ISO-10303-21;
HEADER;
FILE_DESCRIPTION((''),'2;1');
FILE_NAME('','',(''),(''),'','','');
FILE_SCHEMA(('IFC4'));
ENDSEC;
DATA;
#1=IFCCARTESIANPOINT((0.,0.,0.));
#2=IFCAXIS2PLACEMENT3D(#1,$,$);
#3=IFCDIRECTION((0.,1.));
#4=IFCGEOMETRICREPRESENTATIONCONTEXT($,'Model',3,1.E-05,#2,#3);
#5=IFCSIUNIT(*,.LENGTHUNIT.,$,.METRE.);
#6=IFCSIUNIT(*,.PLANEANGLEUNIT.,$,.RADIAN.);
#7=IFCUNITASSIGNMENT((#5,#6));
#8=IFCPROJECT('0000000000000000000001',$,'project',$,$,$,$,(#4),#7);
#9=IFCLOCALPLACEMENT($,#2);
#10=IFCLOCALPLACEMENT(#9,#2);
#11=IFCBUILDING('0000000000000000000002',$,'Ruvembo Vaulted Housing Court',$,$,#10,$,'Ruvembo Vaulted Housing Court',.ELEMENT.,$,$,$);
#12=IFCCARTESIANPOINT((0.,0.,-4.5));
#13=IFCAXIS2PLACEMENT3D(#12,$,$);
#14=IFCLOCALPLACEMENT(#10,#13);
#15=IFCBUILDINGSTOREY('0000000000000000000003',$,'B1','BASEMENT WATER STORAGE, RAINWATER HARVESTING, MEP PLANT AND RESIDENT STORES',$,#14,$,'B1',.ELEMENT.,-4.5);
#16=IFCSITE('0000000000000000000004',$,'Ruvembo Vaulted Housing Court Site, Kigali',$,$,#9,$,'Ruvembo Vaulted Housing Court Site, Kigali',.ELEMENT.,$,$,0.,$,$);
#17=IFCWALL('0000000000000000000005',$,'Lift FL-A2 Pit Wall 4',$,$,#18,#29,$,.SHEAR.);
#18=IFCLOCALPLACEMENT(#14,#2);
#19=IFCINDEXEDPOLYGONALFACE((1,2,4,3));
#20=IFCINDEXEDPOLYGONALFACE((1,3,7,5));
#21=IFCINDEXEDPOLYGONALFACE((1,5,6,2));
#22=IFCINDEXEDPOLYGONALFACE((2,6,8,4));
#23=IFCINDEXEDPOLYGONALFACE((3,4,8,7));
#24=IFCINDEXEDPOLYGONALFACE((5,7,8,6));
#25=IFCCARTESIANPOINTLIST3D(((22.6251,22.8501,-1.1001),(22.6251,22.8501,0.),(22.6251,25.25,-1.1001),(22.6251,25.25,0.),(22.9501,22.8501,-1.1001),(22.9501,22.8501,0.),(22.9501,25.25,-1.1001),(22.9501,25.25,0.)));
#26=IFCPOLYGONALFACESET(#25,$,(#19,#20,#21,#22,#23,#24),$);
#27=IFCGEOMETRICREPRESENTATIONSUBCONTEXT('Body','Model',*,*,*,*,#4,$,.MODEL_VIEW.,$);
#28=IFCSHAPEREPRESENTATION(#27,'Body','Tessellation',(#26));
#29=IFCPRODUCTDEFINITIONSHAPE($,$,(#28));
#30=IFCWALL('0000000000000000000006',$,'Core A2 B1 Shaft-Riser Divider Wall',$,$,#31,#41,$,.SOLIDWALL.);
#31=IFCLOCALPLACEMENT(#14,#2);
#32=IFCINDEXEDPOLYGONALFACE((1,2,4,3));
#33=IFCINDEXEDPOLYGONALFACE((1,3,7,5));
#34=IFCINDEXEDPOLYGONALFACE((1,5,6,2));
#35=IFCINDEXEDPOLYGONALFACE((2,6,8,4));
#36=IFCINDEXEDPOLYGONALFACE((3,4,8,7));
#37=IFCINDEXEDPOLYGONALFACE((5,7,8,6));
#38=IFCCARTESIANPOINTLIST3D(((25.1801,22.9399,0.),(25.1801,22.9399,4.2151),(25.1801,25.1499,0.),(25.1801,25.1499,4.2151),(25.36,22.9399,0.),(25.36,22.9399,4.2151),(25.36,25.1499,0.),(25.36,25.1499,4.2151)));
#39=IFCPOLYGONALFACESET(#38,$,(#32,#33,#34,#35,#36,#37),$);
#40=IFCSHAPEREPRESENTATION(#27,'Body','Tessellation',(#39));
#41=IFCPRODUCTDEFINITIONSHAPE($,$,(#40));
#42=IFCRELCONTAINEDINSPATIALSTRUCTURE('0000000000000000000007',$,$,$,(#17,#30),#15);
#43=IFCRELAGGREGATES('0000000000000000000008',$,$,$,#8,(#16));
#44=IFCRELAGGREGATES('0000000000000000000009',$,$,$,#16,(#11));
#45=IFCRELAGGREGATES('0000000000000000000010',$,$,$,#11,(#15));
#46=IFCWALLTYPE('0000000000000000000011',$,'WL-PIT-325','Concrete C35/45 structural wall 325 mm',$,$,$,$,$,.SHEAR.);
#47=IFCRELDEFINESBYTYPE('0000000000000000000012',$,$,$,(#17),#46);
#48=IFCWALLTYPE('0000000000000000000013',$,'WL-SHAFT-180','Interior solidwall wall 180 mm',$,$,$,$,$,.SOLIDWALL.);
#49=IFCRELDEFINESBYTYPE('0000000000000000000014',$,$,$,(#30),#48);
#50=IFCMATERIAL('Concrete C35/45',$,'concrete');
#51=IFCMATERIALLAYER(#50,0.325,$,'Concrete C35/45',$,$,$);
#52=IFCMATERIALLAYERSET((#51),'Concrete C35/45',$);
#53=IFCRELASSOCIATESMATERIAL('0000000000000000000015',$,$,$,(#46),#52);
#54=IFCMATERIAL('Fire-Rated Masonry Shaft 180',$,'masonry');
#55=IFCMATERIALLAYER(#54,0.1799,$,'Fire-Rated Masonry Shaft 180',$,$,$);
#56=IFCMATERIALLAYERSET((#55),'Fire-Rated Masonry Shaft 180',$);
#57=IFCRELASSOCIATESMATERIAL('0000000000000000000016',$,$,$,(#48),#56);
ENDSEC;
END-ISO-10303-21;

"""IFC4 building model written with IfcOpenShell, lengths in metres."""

from ifc_helpers import new_model, si_unit, direction, frame, frame_2d, origin, place, context, subcontext, project, spatial, rectangle, extrude, material, layer, layer_set, type_object, element, save


model = new_model("IFC4")

# Units and contexts
model_context = context("Model", 3, precision=1e-05, world=origin(), true_north=direction((0.0, 1.0)))
body_context = subcontext(model_context, "Body", "Model", "MODEL_VIEW")
ifc_project = project(units=[si_unit("LENGTHUNIT", "METRE"), si_unit("PLANEANGLEUNIT", "RADIAN")], contexts=[model_context])

# Site, building, storey
site_placement = place(None, origin())
site = spatial("IfcSite", under=ifc_project, at=site_placement, Name="Ruvembo Vaulted Housing Court Site, Kigali", LongName="Ruvembo Vaulted Housing Court Site, Kigali", CompositionType="ELEMENT", RefElevation=0.0)
building_placement = place(site_placement, origin())
building = spatial("IfcBuilding", under=site, at=building_placement, Name="Ruvembo Vaulted Housing Court", LongName="Ruvembo Vaulted Housing Court", CompositionType="ELEMENT")
storey_placement = place(building_placement, frame((0.0, 0.0, -4.5)))
storey = spatial("IfcBuildingStorey", under=building, at=storey_placement, Name="B1", Description="BASEMENT WATER STORAGE, RAINWATER HARVESTING, MEP PLANT AND RESIDENT STORES", LongName="B1", CompositionType="ELEMENT", Elevation=-4.5)

# Shared definitions
ifc_material_1 = material(Name="Concrete C35/45", Category="concrete")

# Wall
ifc_layer_1 = layer(ifc_material_1, 0.325, Name="Concrete C35/45")
ifc_layer_set_1 = layer_set([ifc_layer_1], Name="Concrete C35/45")
wall_type_1 = type_object("IfcWallType", Name="WL-PIT-325", Description="Concrete C35/45 structural wall 325 mm", PredefinedType="SHEAR", material=ifc_layer_set_1)
for number, where, z_axis, x_axis, name in (
    (1, (22.7876, 25.25, -1.1001), (0.0, 0.0, 1.0), (0.0, -1.0, 0.0), "Lift FL-A2 Pit Wall 4"),
):
    element("IfcWall", number, at=place(storey_placement, frame(where, z_axis=z_axis, x_axis=x_axis)), inside=storey, type_object=wall_type_1, Name=name, PredefinedType="SHEAR", context=body_context, shape_type="SweptSolid", body=[
        extrude(rectangle(XDim=2.3999, YDim=0.325, at=frame_2d((1.2, 0.0))), origin(), (0.0, 0.0, 1.0), 1.1001),
    ])

# Shared definitions
ifc_material_2 = material(Name="Fire-Rated Masonry Shaft 180", Category="masonry")
ifc_layer_2 = layer(ifc_material_2, 0.1799, Name="Fire-Rated Masonry Shaft 180")
ifc_layer_set_2 = layer_set([ifc_layer_2], Name="Fire-Rated Masonry Shaft 180")
wall_type_2 = type_object("IfcWallType", Name="WL-SHAFT-180", Description="Interior solidwall wall 180 mm", PredefinedType="SOLIDWALL", material=ifc_layer_set_2)

# Wall
wall_1_placement = place(storey_placement, frame((25.27, 22.9399, 0.0), z_axis=(0.0, 0.0, 1.0), x_axis=(0.0, 1.0, 0.0)))
element("IfcWall", 2, at=wall_1_placement, inside=storey, type_object=wall_type_2, Name="Core A2 B1 Shaft-Riser Divider Wall", PredefinedType="SOLIDWALL", context=body_context, shape_type="SweptSolid", body=[
    extrude(rectangle(XDim=2.21, YDim=0.1799, at=frame_2d((1.105, 0.0))), origin(), (0.0, 0.0, 1.0), 4.2151),
])

save(model, "model.ifc")
